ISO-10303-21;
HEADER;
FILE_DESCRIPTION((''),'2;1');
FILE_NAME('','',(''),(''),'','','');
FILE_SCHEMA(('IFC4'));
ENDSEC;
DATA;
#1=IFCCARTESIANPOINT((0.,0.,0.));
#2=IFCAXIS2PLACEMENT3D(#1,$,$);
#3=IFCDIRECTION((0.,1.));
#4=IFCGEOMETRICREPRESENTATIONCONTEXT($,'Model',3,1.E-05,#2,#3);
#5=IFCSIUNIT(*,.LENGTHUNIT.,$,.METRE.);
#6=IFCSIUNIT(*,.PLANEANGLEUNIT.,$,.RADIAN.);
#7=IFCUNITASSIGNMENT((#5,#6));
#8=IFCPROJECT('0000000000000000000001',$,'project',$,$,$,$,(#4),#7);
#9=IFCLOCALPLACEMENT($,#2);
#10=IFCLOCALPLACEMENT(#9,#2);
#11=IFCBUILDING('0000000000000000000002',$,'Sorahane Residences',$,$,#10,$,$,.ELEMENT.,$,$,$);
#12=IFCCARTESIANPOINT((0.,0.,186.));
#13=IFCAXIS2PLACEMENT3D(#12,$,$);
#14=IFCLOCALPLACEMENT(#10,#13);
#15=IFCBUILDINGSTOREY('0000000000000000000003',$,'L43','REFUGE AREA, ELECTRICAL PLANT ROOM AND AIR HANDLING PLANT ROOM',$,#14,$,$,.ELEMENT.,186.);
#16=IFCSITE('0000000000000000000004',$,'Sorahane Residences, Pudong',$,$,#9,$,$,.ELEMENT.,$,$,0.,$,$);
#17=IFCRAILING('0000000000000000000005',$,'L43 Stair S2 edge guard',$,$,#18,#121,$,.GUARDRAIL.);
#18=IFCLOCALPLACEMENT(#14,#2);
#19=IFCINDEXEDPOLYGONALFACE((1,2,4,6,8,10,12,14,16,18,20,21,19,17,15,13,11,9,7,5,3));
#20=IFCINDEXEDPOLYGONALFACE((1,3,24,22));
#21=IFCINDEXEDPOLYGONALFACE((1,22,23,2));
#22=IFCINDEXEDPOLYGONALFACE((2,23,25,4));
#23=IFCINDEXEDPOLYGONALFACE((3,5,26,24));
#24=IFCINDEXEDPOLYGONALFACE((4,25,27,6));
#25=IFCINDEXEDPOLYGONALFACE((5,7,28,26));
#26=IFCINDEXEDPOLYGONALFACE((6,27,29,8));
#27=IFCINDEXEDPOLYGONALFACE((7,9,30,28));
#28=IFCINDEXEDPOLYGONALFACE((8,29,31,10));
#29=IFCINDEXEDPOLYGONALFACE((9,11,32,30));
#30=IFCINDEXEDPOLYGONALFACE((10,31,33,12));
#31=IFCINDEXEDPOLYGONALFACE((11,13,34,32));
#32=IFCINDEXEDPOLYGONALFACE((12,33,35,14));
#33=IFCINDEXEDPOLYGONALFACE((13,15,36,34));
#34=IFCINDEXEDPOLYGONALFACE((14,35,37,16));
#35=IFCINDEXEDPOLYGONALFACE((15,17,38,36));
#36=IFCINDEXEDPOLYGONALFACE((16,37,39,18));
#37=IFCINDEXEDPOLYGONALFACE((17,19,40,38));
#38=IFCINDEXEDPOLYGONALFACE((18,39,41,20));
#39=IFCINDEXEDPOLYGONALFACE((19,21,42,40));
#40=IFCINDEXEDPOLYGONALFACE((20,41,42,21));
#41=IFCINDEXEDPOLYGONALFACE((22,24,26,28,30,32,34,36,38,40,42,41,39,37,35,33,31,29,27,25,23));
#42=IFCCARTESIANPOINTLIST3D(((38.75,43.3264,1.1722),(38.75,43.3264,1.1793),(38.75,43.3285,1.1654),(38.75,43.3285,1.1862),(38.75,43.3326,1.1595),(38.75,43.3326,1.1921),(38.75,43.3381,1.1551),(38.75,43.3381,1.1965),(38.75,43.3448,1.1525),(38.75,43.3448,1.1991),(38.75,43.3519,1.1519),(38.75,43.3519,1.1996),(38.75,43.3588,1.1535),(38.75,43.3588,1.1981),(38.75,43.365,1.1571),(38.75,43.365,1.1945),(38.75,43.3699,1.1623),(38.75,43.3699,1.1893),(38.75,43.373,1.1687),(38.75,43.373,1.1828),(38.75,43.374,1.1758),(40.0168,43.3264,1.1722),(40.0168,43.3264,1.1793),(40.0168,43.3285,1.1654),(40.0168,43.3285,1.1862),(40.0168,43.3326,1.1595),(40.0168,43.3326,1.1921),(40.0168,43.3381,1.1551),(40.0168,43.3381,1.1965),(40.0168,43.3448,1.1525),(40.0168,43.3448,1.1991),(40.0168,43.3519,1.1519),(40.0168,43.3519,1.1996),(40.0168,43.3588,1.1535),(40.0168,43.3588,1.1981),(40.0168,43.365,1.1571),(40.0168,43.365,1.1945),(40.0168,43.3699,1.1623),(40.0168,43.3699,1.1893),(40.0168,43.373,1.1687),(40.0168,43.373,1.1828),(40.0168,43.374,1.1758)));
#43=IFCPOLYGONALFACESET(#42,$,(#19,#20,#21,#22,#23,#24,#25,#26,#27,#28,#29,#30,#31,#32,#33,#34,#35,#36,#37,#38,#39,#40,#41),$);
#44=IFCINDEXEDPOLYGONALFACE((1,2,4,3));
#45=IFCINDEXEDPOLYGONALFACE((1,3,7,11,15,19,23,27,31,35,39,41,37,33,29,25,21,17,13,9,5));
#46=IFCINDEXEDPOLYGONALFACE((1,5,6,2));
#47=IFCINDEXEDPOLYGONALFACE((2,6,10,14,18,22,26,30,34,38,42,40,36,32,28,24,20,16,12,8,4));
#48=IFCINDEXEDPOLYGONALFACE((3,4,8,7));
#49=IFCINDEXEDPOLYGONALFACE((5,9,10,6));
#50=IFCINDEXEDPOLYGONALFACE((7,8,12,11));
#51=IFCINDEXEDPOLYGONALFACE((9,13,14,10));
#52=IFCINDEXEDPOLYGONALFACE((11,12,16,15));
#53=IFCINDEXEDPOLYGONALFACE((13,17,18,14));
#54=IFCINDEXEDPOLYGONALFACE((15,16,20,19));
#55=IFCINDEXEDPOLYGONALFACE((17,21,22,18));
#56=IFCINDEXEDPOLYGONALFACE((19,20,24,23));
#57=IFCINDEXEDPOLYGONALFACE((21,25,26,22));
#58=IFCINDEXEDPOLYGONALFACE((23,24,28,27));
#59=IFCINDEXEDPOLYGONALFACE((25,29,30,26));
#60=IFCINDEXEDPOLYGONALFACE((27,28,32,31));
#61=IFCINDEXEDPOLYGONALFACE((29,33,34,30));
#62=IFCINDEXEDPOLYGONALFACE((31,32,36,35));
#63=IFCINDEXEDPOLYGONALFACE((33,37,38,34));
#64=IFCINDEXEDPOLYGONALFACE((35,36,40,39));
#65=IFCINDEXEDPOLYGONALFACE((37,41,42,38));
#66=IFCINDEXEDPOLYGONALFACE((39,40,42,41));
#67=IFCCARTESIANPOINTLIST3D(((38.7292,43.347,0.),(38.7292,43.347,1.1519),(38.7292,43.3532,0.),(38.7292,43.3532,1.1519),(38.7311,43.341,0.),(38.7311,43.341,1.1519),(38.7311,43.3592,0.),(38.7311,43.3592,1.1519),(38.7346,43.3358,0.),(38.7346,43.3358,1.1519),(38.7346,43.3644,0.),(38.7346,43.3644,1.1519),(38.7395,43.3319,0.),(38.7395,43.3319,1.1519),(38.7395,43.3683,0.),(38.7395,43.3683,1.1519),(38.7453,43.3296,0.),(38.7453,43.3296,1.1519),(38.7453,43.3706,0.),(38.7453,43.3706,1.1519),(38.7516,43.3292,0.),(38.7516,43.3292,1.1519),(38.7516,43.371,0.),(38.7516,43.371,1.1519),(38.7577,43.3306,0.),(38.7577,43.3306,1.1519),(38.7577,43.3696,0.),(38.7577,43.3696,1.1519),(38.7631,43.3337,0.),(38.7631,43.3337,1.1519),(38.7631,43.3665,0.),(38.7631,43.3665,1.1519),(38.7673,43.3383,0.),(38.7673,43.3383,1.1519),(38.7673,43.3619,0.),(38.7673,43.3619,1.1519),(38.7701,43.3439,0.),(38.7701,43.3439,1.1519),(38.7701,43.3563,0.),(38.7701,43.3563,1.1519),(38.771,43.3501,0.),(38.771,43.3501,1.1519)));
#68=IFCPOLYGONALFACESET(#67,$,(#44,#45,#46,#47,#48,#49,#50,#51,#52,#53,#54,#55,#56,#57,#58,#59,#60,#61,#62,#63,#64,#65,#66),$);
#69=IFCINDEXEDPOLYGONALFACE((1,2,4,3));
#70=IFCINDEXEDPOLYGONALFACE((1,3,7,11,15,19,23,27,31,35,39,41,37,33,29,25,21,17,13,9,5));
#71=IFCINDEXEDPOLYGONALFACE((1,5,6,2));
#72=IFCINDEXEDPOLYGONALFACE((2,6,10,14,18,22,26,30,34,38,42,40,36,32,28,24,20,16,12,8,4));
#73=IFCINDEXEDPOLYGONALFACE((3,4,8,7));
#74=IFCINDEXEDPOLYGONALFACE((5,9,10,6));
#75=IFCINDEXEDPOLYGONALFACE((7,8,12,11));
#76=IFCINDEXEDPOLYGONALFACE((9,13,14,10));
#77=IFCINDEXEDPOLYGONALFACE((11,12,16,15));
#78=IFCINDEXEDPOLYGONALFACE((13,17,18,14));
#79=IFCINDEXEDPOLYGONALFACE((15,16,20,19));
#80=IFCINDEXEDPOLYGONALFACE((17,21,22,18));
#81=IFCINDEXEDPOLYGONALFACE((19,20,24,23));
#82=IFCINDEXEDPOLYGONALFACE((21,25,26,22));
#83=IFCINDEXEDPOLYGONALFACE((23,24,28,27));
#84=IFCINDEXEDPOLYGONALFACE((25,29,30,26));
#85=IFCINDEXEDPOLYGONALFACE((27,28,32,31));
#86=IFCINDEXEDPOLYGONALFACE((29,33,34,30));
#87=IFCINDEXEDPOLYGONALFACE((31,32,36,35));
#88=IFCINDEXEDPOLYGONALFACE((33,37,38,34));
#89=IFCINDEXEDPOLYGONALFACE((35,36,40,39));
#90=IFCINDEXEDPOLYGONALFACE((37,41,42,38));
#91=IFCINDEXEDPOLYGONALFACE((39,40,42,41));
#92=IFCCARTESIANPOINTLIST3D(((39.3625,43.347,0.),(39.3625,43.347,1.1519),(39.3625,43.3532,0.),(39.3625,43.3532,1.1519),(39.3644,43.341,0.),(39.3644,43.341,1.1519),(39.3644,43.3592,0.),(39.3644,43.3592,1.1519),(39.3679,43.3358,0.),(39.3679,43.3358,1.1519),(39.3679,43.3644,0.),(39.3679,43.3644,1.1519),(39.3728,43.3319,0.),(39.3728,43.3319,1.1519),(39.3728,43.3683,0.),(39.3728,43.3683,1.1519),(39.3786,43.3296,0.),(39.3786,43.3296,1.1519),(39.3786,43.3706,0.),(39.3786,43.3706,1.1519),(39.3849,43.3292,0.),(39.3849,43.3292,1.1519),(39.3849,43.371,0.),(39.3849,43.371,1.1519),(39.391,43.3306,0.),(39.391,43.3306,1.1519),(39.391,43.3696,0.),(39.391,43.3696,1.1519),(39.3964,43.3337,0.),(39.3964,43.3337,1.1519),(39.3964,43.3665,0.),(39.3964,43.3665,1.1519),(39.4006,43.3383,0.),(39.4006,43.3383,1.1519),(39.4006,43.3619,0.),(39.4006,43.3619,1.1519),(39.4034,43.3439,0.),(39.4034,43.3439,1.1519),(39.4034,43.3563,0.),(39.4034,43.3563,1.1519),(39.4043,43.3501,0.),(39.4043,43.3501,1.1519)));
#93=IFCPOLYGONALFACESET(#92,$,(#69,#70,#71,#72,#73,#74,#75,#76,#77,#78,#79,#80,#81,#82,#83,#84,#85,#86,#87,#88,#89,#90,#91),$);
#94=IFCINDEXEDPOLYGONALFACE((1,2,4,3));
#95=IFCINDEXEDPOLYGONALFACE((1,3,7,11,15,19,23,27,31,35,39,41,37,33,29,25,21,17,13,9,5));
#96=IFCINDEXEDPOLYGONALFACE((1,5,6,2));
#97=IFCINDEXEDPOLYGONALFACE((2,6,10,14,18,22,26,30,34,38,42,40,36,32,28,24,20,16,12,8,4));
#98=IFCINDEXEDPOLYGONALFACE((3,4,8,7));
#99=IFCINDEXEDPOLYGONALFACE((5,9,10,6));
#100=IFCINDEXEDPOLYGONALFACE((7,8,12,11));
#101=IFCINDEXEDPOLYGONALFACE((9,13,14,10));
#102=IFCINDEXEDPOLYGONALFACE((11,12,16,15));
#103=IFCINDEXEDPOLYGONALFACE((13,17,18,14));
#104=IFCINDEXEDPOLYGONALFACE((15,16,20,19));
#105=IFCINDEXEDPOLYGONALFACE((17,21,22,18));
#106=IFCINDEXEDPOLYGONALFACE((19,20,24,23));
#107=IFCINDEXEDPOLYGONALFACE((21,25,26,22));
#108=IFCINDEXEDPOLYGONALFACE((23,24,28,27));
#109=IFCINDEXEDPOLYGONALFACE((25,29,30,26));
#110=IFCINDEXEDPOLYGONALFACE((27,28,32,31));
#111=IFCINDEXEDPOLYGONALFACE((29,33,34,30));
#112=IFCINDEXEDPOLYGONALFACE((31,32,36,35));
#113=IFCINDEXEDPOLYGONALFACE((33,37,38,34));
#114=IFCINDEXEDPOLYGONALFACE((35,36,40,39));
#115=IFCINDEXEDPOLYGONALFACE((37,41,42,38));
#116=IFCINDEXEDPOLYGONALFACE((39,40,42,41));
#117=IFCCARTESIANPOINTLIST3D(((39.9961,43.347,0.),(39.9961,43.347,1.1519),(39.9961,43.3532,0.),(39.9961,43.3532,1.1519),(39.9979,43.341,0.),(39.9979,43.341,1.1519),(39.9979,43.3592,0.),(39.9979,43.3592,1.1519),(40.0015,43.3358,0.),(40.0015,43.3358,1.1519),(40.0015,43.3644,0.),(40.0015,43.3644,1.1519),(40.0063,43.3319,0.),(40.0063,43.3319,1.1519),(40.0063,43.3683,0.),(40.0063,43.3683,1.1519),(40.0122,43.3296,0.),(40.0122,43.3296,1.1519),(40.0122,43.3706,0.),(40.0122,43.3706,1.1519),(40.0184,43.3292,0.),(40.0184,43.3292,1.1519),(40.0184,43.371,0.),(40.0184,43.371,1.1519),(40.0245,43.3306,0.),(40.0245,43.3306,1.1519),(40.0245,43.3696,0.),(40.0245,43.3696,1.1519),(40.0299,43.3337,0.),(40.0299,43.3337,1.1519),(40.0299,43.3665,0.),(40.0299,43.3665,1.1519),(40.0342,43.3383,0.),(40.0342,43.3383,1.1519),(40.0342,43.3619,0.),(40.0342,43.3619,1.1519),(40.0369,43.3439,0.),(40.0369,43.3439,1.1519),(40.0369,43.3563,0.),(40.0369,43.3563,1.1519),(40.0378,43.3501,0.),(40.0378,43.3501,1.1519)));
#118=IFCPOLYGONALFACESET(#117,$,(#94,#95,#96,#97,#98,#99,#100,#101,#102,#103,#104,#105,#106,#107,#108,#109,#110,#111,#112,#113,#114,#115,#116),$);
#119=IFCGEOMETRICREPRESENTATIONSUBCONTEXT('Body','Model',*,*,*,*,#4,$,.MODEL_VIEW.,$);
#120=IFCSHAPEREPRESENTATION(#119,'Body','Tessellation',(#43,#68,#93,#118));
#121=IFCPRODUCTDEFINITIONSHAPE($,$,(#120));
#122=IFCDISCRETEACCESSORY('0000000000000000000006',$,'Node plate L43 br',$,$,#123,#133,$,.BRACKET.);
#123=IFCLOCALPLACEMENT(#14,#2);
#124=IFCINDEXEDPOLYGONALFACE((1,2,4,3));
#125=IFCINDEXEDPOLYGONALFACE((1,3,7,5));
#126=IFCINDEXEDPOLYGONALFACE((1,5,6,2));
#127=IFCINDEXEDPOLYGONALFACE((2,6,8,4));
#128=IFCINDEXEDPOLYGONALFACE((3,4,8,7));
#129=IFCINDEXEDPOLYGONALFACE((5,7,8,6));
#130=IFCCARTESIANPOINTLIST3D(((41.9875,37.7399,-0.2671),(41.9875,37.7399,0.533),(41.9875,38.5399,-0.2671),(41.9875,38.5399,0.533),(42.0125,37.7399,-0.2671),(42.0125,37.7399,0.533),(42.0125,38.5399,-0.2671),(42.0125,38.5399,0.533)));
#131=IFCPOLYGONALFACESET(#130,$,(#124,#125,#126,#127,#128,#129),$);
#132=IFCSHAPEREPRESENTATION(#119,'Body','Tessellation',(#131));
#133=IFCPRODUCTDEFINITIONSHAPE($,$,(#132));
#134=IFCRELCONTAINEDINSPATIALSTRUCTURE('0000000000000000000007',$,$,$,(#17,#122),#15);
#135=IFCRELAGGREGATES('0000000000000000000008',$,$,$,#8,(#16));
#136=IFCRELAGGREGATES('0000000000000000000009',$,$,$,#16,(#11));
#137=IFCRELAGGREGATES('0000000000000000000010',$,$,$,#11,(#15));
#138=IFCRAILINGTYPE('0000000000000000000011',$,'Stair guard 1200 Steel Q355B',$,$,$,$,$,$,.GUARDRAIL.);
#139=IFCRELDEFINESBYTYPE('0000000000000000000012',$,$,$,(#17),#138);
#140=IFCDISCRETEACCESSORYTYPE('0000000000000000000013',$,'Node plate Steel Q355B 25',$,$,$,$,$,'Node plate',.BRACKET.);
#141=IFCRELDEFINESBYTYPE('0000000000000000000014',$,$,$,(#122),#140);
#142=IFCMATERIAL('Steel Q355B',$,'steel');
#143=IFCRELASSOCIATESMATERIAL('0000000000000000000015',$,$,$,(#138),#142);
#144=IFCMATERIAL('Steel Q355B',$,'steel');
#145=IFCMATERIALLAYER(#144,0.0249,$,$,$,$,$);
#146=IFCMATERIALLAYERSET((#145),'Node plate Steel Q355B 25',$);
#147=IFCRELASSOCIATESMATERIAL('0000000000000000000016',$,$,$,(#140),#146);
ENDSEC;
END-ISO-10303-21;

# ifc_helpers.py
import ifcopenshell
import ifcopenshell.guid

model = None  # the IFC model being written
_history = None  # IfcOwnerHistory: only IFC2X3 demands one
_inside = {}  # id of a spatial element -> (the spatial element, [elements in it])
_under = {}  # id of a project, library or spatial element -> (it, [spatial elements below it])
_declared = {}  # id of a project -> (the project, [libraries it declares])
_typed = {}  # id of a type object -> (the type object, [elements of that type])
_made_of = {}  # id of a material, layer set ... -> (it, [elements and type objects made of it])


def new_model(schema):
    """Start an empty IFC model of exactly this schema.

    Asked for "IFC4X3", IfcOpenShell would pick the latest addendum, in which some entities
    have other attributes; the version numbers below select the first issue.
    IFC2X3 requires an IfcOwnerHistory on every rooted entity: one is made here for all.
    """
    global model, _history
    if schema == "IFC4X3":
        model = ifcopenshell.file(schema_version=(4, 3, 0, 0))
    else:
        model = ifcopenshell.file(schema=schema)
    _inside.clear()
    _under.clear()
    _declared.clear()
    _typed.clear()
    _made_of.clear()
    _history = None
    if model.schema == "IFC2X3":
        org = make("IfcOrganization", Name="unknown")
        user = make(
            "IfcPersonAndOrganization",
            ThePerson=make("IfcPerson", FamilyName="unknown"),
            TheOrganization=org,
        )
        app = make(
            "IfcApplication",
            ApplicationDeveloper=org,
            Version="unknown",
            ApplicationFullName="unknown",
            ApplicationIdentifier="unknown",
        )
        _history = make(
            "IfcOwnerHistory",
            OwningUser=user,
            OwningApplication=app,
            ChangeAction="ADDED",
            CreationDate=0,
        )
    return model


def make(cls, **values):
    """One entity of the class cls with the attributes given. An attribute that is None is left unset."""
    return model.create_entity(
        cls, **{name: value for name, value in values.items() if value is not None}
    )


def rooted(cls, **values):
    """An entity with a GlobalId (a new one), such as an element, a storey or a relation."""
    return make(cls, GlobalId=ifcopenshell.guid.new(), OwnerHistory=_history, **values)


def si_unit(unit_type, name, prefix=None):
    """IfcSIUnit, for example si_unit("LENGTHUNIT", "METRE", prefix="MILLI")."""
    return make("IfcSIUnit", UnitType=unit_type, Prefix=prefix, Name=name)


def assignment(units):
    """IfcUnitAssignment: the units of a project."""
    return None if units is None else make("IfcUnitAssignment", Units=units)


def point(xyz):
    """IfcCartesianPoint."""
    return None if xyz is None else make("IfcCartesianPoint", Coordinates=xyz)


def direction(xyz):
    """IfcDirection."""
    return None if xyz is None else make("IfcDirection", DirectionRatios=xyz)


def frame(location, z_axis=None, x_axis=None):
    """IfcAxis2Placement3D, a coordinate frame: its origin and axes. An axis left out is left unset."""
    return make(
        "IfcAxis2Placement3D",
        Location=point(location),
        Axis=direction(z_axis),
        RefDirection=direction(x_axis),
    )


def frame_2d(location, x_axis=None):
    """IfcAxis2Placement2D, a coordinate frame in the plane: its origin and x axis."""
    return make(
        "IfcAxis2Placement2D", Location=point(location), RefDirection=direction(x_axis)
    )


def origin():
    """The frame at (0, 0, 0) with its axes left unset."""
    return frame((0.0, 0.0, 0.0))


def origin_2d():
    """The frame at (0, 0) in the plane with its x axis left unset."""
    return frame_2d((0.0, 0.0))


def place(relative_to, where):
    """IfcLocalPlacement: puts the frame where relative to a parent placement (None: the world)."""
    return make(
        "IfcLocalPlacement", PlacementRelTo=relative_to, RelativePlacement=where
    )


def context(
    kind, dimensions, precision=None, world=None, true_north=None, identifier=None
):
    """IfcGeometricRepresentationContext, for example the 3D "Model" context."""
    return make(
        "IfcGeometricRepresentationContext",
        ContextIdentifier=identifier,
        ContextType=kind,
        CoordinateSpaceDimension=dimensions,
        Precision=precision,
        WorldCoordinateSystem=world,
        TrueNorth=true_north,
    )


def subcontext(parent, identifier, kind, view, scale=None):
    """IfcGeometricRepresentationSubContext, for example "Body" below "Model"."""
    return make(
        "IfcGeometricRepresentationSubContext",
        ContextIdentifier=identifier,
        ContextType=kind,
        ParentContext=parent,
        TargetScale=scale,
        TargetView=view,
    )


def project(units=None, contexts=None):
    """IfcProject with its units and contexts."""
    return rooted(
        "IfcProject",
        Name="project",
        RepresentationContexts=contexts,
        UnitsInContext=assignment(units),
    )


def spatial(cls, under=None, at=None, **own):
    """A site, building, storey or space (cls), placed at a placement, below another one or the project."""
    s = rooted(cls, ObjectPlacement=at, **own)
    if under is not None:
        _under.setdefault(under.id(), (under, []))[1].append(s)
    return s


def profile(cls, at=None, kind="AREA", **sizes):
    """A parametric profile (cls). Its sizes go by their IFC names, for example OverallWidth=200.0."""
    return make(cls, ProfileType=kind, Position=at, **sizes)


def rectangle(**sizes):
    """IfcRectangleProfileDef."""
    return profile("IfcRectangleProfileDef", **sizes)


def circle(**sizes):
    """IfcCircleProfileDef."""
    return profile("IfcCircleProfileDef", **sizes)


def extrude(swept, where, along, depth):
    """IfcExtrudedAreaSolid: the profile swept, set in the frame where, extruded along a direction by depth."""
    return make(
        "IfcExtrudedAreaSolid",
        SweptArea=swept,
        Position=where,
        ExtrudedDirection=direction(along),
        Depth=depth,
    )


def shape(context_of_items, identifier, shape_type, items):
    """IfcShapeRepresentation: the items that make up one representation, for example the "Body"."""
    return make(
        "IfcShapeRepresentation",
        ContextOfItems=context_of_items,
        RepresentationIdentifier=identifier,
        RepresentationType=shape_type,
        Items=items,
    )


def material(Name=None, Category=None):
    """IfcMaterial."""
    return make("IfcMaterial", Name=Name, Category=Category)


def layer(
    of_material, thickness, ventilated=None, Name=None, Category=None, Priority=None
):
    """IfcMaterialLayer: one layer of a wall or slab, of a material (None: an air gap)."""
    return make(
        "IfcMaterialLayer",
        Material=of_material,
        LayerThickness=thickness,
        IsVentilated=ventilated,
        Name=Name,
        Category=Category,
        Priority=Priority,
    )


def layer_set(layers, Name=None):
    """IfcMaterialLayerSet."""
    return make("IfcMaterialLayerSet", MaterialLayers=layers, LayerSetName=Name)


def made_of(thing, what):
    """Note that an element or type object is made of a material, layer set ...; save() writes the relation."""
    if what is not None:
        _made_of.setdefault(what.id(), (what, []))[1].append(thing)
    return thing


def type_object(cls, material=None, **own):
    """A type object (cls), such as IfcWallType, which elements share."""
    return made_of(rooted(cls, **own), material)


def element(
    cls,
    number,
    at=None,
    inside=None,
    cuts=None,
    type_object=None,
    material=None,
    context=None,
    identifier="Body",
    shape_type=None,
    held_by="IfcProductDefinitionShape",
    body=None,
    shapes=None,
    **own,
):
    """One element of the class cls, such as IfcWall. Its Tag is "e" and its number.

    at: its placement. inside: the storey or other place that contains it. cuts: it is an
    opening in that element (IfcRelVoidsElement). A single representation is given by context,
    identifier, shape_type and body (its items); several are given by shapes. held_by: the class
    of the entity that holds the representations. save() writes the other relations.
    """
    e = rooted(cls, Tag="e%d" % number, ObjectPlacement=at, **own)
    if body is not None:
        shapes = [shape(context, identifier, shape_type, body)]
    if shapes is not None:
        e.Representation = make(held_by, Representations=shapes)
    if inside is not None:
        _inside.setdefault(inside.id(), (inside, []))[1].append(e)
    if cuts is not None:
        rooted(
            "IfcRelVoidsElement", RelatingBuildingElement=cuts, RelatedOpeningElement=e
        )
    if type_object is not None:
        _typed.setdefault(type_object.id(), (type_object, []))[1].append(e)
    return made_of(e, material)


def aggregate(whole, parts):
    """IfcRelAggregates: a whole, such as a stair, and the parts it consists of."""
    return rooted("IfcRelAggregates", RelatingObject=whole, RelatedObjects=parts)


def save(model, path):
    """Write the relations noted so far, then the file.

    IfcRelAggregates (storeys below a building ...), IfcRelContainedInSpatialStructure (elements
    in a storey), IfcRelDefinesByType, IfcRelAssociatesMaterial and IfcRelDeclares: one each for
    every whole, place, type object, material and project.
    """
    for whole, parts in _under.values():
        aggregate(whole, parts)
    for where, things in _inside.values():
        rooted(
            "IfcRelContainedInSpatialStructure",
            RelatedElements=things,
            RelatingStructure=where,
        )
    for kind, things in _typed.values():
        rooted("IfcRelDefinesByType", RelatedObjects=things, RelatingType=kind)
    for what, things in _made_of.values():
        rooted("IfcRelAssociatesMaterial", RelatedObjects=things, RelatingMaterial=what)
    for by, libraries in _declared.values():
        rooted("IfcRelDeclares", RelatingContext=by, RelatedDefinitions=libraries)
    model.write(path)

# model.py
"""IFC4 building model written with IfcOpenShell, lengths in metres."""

from ifc_helpers import new_model, si_unit, direction, frame, origin, origin_2d, place, context, subcontext, project, spatial, rectangle, circle, extrude, material, layer, layer_set, type_object, element, save


model = new_model("IFC4")

# Units and contexts
model_context = context("Model", 3, precision=1e-05, world=origin(), true_north=direction((0.0, 1.0)))
body_context = subcontext(model_context, "Body", "Model", "MODEL_VIEW")
ifc_project = project(units=[si_unit("LENGTHUNIT", "METRE"), si_unit("PLANEANGLEUNIT", "RADIAN")], contexts=[model_context])

# Site, building, storey
site_placement = place(None, origin())
site = spatial("IfcSite", under=ifc_project, at=site_placement, Name="Sorahane Residences, Pudong", CompositionType="ELEMENT", RefElevation=0.0)
building_placement = place(site_placement, origin())
building = spatial("IfcBuilding", under=site, at=building_placement, Name="Sorahane Residences", CompositionType="ELEMENT")
storey_placement = place(building_placement, frame((0.0, 0.0, 186.0)))
storey = spatial("IfcBuildingStorey", under=building, at=storey_placement, Name="L43", Description="REFUGE AREA, ELECTRICAL PLANT ROOM AND AIR HANDLING PLANT ROOM", CompositionType="ELEMENT", Elevation=186.0)

# Railing
ifc_material_1 = material(Name="Steel Q355B", Category="steel")
railing_type = type_object("IfcRailingType", Name="Stair guard 1200 Steel Q355B", PredefinedType="GUARDRAIL", material=ifc_material_1)
railing_1_placement = place(storey_placement, frame((38.75, 43.3501, 0.0)))
element("IfcRailing", 1, at=railing_1_placement, inside=storey, type_object=railing_type, Name="L43 Stair S2 edge guard", PredefinedType="GUARDRAIL", context=body_context, shape_type="SweptSolid", body=[
    extrude(circle(Radius=0.0239, at=origin_2d()), frame((0.0, 0.0, 1.1758), z_axis=(1.0, 0.0, 0.0), x_axis=(0.0, 1.0, 0.0)), (0.0, 0.0, 1.0), 1.2668),
    extrude(circle(Radius=0.021, at=origin_2d()), origin(), (0.0, 0.0, 1.0), 1.1519),
    extrude(circle(Radius=0.021, at=origin_2d()), frame((0.6333, 0.0, 0.0)), (0.0, 0.0, 1.0), 1.1519),
    extrude(circle(Radius=0.021, at=origin_2d()), frame((1.2668, 0.0, 0.0)), (0.0, 0.0, 1.0), 1.1519),
])

# Discrete accessory
ifc_material_2 = material(Name="Steel Q355B", Category="steel")
ifc_layer_1 = layer(ifc_material_2, 0.0249)
ifc_layer_set_1 = layer_set([ifc_layer_1], Name="Node plate Steel Q355B 25")
discrete_accessory_type = type_object("IfcDiscreteAccessoryType", Name="Node plate Steel Q355B 25", ElementType="Node plate", PredefinedType="BRACKET", material=ifc_layer_set_1)
discrete_accessory_placement = place(storey_placement, frame((42.0, 38.1399, -0.2671), z_axis=(0.0, 0.0, 1.0), x_axis=(0.0, 1.0, 0.0)))
element("IfcDiscreteAccessory", 2, at=discrete_accessory_placement, inside=storey, type_object=discrete_accessory_type, Name="Node plate L43 br", PredefinedType="BRACKET", context=body_context, shape_type="SweptSolid", body=[
    extrude(rectangle(XDim=0.8, YDim=0.0249, at=origin_2d()), origin(), (0.0, 0.0, 1.0), 0.8),
])

save(model, "model.ifc")
